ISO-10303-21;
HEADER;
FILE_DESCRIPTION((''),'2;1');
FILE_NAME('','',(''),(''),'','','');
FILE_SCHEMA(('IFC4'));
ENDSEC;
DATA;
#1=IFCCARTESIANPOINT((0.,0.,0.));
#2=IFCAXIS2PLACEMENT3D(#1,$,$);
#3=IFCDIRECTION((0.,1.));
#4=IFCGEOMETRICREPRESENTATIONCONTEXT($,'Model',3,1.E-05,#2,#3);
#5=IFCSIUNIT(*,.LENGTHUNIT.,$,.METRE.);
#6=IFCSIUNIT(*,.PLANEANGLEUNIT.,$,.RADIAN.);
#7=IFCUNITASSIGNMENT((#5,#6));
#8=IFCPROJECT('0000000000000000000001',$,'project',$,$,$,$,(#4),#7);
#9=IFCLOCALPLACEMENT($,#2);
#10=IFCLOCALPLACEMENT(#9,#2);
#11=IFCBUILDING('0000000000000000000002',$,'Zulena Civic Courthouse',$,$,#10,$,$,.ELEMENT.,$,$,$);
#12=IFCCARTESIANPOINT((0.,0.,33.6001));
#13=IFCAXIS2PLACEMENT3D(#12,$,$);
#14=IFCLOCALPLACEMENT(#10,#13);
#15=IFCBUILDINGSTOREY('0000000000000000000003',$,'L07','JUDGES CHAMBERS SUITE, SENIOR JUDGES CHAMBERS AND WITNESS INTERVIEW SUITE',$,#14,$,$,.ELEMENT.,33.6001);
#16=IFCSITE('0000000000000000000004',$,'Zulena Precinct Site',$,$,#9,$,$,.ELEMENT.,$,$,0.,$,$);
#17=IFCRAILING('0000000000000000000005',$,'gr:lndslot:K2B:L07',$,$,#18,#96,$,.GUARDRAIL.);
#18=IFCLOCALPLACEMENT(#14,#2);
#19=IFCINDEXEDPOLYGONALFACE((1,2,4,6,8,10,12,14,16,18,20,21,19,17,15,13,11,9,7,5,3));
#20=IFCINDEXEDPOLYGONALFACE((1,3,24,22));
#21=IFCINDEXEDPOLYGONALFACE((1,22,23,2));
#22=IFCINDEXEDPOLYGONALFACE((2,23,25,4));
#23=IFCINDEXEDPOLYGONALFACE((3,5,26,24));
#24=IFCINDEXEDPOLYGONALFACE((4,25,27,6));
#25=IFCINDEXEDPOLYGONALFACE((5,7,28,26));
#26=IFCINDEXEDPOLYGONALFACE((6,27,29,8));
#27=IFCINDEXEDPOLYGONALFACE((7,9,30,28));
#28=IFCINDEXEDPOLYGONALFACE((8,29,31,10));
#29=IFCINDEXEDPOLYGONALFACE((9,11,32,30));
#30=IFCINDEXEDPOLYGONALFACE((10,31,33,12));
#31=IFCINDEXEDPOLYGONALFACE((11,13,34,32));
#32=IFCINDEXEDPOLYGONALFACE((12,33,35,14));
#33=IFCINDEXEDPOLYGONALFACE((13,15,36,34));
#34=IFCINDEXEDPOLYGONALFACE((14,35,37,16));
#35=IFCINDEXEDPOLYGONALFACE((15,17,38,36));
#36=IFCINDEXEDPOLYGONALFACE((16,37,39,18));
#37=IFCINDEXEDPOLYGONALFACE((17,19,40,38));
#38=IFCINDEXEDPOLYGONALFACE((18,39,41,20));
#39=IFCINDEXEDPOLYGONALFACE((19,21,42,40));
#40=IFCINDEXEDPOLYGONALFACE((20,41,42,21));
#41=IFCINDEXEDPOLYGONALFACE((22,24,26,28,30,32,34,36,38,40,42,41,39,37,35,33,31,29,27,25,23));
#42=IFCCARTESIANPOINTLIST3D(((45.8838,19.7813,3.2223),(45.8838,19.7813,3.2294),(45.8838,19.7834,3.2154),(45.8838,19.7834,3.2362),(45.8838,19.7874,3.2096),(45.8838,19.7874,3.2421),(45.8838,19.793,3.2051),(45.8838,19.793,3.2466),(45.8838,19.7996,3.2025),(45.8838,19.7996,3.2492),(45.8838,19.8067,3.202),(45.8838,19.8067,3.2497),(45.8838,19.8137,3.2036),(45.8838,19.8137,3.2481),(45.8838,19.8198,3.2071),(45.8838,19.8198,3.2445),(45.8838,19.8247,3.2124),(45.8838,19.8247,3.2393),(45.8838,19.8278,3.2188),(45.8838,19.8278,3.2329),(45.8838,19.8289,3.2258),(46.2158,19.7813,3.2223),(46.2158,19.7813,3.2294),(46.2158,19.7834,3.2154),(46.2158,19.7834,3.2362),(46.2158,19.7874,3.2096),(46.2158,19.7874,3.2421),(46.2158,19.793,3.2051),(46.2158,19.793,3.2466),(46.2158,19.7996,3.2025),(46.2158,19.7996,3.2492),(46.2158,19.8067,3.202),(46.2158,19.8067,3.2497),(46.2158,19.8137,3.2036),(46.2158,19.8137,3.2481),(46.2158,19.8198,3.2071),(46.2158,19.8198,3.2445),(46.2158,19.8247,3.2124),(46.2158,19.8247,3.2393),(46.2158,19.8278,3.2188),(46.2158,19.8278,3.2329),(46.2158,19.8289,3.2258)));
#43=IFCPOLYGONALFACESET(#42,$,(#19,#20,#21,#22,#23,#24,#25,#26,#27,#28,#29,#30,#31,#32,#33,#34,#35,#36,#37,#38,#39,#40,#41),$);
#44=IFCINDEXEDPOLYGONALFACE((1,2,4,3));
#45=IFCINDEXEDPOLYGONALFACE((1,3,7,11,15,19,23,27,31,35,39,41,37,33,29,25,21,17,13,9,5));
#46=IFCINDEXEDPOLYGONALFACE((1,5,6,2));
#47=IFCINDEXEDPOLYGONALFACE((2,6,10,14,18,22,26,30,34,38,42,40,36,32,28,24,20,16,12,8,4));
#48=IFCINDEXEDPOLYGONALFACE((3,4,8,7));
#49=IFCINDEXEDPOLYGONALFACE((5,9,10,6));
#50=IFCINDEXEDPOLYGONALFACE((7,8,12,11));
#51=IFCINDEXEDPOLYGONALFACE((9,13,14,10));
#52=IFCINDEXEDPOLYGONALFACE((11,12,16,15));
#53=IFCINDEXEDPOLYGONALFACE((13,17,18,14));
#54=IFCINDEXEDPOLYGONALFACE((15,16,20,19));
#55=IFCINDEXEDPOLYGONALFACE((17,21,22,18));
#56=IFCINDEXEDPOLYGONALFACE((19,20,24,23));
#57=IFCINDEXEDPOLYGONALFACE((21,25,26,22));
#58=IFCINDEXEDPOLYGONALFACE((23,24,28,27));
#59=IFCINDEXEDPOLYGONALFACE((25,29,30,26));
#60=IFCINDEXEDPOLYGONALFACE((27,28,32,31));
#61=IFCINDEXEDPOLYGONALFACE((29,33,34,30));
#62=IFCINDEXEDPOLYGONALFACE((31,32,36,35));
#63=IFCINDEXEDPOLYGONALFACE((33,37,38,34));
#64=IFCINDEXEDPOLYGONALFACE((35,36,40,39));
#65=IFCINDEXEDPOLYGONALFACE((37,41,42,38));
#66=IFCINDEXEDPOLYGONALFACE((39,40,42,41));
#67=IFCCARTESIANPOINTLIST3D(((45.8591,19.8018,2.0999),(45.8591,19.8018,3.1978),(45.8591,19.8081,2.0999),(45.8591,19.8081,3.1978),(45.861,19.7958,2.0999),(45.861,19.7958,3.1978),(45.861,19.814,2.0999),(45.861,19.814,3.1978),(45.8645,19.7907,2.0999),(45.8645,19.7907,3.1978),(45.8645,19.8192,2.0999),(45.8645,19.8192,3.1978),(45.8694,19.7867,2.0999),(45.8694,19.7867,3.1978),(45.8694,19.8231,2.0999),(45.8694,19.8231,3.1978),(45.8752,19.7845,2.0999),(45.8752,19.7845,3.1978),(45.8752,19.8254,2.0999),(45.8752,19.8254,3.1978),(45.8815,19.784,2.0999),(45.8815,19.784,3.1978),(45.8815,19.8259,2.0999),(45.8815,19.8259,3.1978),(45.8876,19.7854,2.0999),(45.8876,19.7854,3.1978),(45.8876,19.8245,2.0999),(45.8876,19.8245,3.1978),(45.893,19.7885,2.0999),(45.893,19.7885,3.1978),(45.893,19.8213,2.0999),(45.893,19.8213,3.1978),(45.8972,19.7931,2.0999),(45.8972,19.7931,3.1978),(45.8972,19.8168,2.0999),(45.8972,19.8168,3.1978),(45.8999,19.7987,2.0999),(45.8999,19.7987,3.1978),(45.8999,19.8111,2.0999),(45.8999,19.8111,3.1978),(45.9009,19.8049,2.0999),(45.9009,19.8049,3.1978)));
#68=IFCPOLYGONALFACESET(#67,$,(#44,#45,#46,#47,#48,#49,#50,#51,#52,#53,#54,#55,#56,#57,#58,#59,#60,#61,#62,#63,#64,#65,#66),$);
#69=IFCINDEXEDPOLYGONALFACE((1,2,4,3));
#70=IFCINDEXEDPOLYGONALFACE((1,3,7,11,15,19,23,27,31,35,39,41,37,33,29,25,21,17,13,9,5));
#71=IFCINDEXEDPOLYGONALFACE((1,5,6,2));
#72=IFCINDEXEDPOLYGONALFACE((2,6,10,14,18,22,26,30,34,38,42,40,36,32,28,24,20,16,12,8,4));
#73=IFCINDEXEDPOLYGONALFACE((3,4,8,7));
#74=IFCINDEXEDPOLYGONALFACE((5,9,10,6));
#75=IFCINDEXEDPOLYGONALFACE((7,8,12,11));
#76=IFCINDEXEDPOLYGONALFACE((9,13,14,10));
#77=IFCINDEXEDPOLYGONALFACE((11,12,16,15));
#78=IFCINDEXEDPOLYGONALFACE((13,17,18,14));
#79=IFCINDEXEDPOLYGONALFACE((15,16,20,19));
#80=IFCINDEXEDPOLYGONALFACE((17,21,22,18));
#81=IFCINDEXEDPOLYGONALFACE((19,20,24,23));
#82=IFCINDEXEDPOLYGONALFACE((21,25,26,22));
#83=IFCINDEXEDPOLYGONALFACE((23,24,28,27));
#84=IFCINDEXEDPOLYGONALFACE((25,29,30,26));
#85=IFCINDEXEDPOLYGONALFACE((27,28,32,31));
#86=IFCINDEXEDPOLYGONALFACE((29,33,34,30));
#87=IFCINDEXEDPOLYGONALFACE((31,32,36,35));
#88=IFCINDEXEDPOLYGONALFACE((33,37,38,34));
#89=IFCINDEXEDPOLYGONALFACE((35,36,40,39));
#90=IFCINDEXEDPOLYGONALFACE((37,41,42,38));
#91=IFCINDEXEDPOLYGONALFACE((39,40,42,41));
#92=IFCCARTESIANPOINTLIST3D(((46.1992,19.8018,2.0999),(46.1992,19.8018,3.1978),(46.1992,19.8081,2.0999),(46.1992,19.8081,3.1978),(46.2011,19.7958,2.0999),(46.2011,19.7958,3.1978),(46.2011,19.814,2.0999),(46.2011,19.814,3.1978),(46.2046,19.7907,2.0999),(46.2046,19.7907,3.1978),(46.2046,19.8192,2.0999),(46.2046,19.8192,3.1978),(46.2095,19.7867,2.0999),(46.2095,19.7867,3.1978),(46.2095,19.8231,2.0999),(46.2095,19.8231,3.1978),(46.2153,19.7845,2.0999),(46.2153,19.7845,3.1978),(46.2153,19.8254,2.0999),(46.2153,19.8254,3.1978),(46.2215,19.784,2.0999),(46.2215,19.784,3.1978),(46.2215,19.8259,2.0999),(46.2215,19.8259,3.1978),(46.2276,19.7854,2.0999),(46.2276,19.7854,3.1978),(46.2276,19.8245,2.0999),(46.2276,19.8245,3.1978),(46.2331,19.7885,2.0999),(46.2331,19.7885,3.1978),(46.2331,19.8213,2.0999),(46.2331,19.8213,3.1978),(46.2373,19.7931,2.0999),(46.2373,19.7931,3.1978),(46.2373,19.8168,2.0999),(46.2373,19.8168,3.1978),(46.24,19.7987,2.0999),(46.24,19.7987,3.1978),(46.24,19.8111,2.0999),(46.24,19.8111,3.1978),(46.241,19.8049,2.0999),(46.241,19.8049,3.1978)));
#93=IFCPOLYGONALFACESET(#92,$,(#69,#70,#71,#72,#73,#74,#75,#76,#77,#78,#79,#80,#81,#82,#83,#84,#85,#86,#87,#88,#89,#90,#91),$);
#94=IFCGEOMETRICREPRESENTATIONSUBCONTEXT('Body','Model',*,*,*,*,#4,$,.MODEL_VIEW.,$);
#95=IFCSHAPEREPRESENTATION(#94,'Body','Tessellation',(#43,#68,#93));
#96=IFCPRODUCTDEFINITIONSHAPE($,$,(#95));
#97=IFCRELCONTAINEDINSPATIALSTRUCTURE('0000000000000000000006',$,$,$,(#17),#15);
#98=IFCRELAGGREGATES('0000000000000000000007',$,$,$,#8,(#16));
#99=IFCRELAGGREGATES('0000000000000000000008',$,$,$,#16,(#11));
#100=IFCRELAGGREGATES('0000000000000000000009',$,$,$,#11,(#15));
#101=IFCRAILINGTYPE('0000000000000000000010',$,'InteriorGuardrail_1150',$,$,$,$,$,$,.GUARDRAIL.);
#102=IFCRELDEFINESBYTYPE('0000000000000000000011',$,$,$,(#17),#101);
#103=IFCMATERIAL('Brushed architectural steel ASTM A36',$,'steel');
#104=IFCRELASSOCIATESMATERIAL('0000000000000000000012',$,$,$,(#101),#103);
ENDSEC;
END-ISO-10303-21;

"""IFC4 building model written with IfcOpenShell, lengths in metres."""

from ifc_helpers import new_model, si_unit, direction, frame, origin, origin_2d, place, context, subcontext, project, spatial, circle, extrude, material, type_object, element, save


model = new_model("IFC4")

# Units and contexts
model_context = context("Model", 3, precision=1e-05, world=origin(), true_north=direction((0.0, 1.0)))
body_context = subcontext(model_context, "Body", "Model", "MODEL_VIEW")
ifc_project = project(units=[si_unit("LENGTHUNIT", "METRE"), si_unit("PLANEANGLEUNIT", "RADIAN")], contexts=[model_context])

# Site, building, storey
site_placement = place(None, origin())
site = spatial("IfcSite", under=ifc_project, at=site_placement, Name="Zulena Precinct Site", CompositionType="ELEMENT", RefElevation=0.0)
building_placement = place(site_placement, origin())
building = spatial("IfcBuilding", under=site, at=building_placement, Name="Zulena Civic Courthouse", CompositionType="ELEMENT")
storey_placement = place(building_placement, frame((0.0, 0.0, 33.6001)))
storey = spatial("IfcBuildingStorey", under=building, at=storey_placement, Name="L07", Description="JUDGES CHAMBERS SUITE, SENIOR JUDGES CHAMBERS AND WITNESS INTERVIEW SUITE", CompositionType="ELEMENT", Elevation=33.6001)

# Railing
ifc_material_1 = material(Name="Brushed architectural steel ASTM A36", Category="steel")
railing_type_1 = type_object("IfcRailingType", Name="InteriorGuardrail_1150", PredefinedType="GUARDRAIL", material=ifc_material_1)
railing_1_placement = place(storey_placement, frame((45.8799, 19.8049, 2.0999)))
element("IfcRailing", 1, at=railing_1_placement, inside=storey, type_object=railing_type_1, Name="gr:lndslot:K2B:L07", PredefinedType="GUARDRAIL", context=body_context, shape_type="SweptSolid", body=[
    extrude(circle(Radius=0.0239, at=origin_2d()), frame((0.0039, 0.0, 1.126), z_axis=(1.0, 0.0, 0.0), x_axis=(0.0, 1.0, 0.0)), (0.0, 0.0, 1.0), 0.332),
    extrude(circle(Radius=0.021, at=origin_2d()), origin(), (0.0, 0.0, 1.0), 1.0979),
    extrude(circle(Radius=0.021, at=origin_2d()), frame((0.3401, 0.0, 0.0)), (0.0, 0.0, 1.0), 1.0979),
])

save(model, "model.ifc")
